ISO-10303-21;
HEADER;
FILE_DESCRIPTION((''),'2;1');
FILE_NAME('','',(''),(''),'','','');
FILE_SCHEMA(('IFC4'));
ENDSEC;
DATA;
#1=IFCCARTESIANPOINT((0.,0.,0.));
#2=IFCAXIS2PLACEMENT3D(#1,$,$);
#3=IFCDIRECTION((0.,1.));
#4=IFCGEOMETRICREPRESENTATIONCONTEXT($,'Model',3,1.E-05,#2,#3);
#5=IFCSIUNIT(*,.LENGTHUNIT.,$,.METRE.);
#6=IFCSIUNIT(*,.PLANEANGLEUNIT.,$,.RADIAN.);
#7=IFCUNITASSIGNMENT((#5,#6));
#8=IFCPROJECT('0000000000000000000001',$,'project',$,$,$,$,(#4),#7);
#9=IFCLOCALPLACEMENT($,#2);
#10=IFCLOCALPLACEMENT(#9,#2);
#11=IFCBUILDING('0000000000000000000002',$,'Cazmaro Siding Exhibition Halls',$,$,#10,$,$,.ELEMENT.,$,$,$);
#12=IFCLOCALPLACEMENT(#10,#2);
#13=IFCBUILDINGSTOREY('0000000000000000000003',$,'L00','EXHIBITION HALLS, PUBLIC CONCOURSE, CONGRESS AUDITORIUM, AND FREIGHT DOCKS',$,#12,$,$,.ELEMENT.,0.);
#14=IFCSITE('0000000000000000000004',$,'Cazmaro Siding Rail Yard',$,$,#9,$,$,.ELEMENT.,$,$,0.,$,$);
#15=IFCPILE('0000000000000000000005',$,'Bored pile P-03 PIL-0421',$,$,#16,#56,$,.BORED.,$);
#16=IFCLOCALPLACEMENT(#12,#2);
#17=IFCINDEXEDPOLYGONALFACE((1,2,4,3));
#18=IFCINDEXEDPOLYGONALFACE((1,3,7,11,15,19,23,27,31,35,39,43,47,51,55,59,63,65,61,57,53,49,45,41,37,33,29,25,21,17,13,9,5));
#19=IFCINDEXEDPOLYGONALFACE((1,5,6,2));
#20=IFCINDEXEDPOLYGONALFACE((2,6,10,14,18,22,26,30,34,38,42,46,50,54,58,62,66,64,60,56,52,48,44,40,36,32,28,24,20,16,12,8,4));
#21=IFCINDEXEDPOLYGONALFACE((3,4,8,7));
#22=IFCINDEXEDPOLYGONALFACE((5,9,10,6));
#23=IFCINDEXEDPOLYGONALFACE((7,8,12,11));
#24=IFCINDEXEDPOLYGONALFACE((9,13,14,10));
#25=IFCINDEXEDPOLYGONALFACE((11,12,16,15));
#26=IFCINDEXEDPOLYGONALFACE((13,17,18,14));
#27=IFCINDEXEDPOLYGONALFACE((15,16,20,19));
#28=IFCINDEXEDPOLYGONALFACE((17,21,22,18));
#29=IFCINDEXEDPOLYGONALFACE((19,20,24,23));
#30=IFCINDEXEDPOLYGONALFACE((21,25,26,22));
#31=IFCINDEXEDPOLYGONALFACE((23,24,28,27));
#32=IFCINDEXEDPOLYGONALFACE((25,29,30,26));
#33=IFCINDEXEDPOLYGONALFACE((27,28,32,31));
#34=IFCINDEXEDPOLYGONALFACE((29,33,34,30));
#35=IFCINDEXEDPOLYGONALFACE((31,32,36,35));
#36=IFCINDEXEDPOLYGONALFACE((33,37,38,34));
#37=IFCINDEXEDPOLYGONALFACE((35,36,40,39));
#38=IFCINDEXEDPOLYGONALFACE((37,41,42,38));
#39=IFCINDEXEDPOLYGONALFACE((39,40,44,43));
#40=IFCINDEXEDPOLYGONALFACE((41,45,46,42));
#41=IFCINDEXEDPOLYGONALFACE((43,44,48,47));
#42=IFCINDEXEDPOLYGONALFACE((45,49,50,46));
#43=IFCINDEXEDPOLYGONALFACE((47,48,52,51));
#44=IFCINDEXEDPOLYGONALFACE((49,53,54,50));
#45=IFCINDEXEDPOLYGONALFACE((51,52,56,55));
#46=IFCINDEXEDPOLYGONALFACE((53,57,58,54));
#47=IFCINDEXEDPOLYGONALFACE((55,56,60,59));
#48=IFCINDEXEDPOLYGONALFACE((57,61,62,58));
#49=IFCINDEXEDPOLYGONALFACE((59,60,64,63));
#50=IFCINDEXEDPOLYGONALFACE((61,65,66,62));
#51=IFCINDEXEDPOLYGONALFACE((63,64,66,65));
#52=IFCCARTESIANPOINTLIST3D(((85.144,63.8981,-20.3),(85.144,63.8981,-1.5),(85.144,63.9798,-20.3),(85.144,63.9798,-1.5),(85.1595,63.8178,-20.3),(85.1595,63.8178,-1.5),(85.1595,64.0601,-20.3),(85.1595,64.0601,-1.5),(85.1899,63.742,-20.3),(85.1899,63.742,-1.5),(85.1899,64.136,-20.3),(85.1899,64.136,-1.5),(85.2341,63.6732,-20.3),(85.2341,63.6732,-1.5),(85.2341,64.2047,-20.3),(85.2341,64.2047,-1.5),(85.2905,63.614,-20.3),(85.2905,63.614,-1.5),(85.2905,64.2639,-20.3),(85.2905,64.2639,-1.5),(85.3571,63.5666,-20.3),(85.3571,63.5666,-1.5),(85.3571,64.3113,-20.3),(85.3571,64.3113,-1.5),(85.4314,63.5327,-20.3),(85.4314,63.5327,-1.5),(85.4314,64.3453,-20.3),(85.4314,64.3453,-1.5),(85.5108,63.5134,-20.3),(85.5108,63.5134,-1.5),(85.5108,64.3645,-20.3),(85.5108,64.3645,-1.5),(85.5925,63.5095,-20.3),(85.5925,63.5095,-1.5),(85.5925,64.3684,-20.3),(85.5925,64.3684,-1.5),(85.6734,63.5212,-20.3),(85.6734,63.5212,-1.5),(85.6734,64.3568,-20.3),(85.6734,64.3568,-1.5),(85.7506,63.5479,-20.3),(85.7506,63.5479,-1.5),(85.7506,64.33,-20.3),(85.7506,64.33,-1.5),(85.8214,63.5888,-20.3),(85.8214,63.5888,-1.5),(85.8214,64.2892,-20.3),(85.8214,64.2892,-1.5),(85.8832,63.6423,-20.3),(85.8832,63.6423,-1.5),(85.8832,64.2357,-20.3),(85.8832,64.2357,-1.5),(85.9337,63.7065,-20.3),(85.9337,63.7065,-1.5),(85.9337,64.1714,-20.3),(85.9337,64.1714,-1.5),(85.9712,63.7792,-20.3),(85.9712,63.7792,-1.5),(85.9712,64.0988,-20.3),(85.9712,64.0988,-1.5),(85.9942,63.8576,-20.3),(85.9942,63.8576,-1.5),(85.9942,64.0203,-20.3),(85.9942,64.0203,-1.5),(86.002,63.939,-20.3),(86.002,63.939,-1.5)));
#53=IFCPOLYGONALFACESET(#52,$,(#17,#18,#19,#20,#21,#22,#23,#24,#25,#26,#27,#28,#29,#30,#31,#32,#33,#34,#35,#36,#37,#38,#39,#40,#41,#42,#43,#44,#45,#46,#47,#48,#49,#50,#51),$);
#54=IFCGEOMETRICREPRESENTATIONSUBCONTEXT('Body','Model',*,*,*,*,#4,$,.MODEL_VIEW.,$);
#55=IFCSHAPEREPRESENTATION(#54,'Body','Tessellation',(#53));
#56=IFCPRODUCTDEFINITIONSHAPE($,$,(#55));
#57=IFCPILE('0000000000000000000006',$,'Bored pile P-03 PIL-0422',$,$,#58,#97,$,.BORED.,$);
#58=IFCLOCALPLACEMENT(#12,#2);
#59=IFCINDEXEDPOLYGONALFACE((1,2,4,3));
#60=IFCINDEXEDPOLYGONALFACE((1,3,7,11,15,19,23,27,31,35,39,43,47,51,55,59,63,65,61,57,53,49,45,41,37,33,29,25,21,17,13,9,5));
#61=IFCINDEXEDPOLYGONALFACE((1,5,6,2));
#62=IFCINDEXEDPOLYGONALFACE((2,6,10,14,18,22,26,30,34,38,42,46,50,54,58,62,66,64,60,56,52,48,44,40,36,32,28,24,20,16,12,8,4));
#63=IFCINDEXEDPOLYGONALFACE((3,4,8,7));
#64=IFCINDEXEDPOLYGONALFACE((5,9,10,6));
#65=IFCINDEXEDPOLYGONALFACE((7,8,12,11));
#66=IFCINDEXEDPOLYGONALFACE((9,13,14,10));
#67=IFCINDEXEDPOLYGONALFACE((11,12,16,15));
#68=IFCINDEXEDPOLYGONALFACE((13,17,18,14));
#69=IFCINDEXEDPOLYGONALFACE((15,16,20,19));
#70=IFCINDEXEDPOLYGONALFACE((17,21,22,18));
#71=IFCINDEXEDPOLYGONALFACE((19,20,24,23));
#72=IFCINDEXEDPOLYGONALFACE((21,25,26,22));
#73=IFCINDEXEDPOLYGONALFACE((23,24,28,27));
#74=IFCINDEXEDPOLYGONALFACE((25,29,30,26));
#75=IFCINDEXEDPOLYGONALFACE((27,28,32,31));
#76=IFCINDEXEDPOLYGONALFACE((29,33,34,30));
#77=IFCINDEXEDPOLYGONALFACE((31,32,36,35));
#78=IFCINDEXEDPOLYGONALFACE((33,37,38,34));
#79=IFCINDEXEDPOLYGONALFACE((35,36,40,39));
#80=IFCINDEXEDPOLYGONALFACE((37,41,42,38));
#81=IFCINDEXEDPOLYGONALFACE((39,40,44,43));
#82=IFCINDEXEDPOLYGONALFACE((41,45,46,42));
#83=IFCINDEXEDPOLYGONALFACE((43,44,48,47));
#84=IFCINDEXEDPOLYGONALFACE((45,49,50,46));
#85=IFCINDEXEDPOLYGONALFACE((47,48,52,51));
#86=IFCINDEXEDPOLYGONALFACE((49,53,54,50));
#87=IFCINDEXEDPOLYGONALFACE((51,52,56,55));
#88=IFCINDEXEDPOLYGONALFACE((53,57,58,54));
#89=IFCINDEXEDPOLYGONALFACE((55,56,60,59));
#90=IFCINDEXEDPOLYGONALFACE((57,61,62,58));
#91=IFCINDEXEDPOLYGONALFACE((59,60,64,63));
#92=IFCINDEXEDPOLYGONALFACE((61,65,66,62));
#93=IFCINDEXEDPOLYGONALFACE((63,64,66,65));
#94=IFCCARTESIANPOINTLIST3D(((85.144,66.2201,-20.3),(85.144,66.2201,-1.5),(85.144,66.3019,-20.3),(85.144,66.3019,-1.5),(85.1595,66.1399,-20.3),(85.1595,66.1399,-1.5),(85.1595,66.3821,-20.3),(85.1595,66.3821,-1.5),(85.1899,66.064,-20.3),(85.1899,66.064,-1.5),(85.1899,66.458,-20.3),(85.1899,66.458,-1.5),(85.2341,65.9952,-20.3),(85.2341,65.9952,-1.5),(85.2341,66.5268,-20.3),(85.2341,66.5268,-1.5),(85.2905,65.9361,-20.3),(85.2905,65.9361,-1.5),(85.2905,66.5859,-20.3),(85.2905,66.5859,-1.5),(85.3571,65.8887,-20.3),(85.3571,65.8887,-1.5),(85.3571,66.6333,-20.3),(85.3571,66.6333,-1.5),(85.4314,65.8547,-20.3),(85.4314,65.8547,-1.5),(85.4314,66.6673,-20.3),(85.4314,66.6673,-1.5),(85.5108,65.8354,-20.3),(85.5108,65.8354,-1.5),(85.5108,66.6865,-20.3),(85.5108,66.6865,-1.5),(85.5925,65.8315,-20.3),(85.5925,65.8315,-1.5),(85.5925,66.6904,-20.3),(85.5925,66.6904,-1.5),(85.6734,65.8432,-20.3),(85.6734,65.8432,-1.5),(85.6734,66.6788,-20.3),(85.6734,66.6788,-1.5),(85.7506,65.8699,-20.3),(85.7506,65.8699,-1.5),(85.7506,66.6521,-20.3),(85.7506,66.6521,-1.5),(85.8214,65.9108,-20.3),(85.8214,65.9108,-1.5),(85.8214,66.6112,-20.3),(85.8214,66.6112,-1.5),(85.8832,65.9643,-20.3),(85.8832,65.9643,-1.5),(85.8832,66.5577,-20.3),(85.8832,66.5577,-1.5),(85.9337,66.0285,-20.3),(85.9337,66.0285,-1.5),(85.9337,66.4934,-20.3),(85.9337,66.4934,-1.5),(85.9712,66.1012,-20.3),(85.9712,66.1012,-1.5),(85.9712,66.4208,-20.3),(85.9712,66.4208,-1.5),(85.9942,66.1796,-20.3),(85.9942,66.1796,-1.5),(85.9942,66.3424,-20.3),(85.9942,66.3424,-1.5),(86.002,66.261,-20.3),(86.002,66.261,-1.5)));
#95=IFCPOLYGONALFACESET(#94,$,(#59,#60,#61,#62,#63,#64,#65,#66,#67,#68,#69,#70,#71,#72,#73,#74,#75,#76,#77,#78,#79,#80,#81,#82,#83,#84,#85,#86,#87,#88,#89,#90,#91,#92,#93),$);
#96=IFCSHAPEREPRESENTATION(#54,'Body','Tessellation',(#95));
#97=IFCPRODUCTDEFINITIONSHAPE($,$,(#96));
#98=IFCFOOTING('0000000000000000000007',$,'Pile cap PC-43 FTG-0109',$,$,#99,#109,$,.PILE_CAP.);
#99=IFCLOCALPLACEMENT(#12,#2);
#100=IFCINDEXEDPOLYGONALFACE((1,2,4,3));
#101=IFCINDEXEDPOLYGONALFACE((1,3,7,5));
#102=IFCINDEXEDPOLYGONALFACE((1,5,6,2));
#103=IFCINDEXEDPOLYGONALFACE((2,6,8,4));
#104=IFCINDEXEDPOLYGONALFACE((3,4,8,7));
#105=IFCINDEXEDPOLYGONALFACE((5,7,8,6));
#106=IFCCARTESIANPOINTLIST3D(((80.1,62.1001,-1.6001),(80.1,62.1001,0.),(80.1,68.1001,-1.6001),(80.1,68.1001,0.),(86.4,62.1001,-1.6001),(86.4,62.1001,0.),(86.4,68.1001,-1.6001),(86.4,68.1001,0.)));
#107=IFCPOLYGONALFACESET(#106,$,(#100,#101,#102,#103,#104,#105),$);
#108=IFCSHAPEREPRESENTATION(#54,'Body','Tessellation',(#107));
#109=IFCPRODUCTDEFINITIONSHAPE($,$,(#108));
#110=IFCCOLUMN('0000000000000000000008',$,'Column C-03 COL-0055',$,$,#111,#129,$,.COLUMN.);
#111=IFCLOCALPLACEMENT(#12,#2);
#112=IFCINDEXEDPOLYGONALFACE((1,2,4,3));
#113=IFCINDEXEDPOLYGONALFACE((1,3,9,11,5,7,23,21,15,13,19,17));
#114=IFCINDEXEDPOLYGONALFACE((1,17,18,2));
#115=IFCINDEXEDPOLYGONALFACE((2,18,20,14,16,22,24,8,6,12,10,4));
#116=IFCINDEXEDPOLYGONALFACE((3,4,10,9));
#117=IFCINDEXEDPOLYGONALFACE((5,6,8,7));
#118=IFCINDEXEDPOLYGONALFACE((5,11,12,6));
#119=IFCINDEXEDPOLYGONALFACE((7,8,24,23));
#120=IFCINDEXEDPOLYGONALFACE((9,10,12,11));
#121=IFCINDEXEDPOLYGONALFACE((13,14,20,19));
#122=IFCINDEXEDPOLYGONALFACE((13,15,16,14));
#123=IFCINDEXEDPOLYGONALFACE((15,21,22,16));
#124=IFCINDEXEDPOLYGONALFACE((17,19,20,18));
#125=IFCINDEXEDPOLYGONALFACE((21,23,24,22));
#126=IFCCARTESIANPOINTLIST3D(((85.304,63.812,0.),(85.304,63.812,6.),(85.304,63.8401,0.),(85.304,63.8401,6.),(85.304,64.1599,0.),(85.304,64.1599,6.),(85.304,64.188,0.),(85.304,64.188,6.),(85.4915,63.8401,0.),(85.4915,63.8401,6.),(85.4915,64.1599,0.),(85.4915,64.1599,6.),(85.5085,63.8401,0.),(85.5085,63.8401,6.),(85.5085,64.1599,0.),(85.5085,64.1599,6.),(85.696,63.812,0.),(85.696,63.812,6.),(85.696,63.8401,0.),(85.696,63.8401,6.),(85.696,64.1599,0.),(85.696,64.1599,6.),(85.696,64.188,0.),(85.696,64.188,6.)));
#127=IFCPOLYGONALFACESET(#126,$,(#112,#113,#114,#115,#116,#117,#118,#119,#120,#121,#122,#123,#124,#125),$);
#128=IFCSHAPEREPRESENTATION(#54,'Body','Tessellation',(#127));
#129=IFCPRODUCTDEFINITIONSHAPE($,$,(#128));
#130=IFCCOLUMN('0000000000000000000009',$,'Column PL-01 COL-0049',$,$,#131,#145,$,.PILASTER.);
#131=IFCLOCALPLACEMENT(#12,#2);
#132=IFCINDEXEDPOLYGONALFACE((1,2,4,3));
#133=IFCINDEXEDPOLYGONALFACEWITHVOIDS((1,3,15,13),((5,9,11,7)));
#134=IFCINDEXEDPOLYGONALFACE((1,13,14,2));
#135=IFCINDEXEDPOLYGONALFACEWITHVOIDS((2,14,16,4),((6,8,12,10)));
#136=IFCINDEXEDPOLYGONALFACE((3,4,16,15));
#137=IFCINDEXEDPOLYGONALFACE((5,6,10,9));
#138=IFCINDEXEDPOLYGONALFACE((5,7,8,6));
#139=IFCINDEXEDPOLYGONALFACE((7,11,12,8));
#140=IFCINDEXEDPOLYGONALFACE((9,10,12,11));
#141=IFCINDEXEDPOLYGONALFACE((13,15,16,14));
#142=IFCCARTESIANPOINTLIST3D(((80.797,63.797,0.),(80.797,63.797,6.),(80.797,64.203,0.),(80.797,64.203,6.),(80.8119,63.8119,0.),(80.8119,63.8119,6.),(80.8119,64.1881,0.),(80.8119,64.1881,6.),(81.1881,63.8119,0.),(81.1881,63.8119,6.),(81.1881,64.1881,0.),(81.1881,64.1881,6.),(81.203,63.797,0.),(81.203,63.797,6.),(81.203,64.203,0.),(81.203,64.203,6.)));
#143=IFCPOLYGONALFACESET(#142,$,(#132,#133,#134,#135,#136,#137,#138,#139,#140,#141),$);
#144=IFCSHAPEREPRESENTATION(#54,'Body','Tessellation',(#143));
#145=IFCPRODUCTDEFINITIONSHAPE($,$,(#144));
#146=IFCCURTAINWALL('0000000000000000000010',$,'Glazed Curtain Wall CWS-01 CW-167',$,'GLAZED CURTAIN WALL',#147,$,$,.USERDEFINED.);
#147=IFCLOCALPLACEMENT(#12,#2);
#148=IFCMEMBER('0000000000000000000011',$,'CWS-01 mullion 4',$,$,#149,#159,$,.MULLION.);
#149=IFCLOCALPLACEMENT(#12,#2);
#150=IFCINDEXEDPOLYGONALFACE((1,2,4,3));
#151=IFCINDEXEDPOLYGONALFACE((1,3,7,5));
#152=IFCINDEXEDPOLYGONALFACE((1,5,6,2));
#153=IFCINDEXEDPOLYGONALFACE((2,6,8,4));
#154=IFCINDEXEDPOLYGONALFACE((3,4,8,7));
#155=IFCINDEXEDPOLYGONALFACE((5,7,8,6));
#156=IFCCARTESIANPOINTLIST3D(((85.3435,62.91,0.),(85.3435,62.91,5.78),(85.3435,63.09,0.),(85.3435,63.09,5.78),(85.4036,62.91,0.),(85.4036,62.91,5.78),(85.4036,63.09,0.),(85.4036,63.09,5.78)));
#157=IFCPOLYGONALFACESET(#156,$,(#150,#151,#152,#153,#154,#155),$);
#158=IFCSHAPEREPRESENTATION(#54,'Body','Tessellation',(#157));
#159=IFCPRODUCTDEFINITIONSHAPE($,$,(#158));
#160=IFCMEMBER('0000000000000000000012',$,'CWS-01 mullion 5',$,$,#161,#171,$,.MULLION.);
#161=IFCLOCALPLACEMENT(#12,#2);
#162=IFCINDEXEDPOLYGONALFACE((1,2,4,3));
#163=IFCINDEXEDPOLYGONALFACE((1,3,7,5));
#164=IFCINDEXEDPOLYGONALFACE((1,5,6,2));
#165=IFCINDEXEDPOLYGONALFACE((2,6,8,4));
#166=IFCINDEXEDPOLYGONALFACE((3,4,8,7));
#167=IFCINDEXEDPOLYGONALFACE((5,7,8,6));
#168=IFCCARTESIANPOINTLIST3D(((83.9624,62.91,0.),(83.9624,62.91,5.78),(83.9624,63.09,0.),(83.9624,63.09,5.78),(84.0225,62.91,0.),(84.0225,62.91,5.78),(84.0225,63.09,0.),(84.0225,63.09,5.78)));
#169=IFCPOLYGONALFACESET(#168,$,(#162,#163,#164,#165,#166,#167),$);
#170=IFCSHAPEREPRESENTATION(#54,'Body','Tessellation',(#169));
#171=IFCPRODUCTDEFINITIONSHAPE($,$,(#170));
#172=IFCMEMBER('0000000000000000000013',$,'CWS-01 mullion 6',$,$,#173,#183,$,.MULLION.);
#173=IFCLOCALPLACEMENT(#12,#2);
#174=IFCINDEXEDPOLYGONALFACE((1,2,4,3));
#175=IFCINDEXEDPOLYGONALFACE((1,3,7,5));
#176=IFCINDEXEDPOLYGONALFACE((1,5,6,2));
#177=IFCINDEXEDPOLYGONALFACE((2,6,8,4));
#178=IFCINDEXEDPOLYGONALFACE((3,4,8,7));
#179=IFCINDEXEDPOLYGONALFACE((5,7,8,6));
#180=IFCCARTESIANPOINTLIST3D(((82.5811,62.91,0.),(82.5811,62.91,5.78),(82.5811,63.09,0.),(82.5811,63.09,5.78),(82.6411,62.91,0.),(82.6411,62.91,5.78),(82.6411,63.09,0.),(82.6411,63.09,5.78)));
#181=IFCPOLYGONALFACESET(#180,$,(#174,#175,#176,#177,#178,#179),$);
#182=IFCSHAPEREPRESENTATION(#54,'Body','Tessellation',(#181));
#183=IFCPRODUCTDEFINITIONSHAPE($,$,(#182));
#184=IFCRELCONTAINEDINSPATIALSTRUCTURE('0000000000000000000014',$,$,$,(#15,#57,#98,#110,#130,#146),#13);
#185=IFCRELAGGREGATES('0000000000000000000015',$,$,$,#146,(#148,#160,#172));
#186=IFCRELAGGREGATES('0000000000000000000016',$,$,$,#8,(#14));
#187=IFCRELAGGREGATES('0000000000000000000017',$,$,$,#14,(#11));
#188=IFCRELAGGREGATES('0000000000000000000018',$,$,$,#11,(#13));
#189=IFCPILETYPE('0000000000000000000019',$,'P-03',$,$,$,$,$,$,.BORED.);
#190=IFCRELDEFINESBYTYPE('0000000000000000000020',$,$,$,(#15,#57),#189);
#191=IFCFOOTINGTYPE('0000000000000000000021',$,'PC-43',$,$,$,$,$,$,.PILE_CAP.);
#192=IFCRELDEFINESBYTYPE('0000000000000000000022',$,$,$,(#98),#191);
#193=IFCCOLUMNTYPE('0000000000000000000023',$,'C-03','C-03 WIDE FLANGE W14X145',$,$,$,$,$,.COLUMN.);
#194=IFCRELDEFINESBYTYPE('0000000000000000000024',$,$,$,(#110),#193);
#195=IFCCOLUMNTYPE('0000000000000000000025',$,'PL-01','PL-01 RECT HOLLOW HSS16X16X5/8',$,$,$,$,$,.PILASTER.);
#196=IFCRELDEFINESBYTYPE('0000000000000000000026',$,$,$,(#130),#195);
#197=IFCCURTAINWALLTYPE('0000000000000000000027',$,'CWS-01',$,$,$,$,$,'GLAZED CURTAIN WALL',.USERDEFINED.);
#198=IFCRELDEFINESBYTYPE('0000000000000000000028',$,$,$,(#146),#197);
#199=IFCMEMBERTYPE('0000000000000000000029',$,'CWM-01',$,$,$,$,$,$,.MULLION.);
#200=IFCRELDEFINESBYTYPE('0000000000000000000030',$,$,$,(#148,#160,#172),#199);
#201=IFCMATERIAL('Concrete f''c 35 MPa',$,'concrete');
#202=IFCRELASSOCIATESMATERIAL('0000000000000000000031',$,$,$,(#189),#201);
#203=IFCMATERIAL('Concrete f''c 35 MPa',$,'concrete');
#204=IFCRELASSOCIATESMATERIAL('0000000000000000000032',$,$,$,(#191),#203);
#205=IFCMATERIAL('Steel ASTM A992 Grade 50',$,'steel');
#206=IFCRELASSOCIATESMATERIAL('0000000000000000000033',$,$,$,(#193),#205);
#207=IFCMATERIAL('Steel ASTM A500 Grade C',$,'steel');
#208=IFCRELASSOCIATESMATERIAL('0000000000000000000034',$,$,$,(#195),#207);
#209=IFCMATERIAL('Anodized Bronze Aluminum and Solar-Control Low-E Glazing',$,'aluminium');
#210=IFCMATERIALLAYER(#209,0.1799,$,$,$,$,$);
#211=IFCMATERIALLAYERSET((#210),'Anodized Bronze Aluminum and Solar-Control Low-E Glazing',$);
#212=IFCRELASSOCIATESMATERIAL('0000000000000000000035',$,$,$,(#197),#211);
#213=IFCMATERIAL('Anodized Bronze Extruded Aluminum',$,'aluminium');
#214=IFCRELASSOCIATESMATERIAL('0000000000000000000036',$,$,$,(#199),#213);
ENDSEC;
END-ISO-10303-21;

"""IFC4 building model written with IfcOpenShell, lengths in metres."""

from ifc_helpers import new_model, si_unit, direction, frame, origin, origin_2d, place, context, subcontext, project, spatial, rectangle, hollow_rectangle, circle, i_section, extrude, material, layer, layer_set, material_profile, profile_set, type_object, element, aggregate, save


model = new_model("IFC4")

# Units and contexts
model_context = context("Model", 3, precision=1e-05, world=origin(), true_north=direction((0.0, 1.0)))
body_context = subcontext(model_context, "Body", "Model", "MODEL_VIEW")
ifc_project = project(units=[si_unit("LENGTHUNIT", "METRE"), si_unit("PLANEANGLEUNIT", "RADIAN")], contexts=[model_context])

# Site, building, storey
site_placement = place(None, origin())
site = spatial("IfcSite", under=ifc_project, at=site_placement, Name="Cazmaro Siding Rail Yard", CompositionType="ELEMENT", RefElevation=0.0)
building_placement = place(site_placement, origin())
building = spatial("IfcBuilding", under=site, at=building_placement, Name="Cazmaro Siding Exhibition Halls", CompositionType="ELEMENT")
storey_placement = place(building_placement, origin())
storey = spatial("IfcBuildingStorey", under=building, at=storey_placement, Name="L00", Description="EXHIBITION HALLS, PUBLIC CONCOURSE, CONGRESS AUDITORIUM, AND FREIGHT DOCKS", CompositionType="ELEMENT", Elevation=0.0)

# Piles
ifc_material_1 = material(Name="Concrete f'c 35 MPa", Category="concrete")
ifc_material_profile_1 = material_profile(ifc_material_1, circle(Radius=0.4299, at=origin_2d()), Name="CIDH-860")
ifc_profile_set_1 = profile_set([ifc_material_profile_1], Name="Concrete f'c 35 MPa")
pile_type = type_object("IfcPileType", Name="P-03", PredefinedType="BORED", material=ifc_profile_set_1)
for number, where, z_axis, x_axis, name in (
    (1, (85.572, 63.939, -1.5), (0.0, 0.0, -1.0), (1.0, 0.0, 0.0), "Bored pile P-03 PIL-0421"),
    (2, (85.572, 66.261, -1.5), (0.0, 0.0, -1.0), (1.0, 0.0, 0.0), "Bored pile P-03 PIL-0422"),
):
    element("IfcPile", number, at=place(storey_placement, frame(where, z_axis=z_axis, x_axis=x_axis)), inside=storey, type_object=pile_type, Name=name, PredefinedType="BORED", context=body_context, shape_type="SweptSolid", body=[
        extrude(circle(Radius=0.4299, at=origin_2d()), origin(), (0.0, 0.0, 1.0), 18.8),
    ])

# Footing
ifc_material_2 = material(Name="Concrete f'c 35 MPa", Category="concrete")
footing_type = type_object("IfcFootingType", Name="PC-43", PredefinedType="PILE_CAP", material=ifc_material_2)
footing_placement = place(storey_placement, frame((83.25, 65.1001, -1.6001), z_axis=(0.0, 0.0, 1.0), x_axis=(1.0, 0.0, 0.0)))
element("IfcFooting", 3, at=footing_placement, inside=storey, type_object=footing_type, Name="Pile cap PC-43 FTG-0109", PredefinedType="PILE_CAP", context=body_context, shape_type="SweptSolid", body=[
    extrude(rectangle(XDim=6.3, YDim=6.0, at=origin_2d()), origin(), (0.0, 0.0, 1.0), 1.6001),
])

# Columns
ifc_material_3 = material(Name="Steel ASTM A992 Grade 50", Category="steel")
ifc_material_profile_2 = material_profile(ifc_material_3, i_section(OverallWidth=0.3921, OverallDepth=0.376, WebThickness=0.0171, FlangeThickness=0.0281, at=origin_2d()), Name="W14X145")
ifc_profile_set_2 = profile_set([ifc_material_profile_2], Name="Steel ASTM A992 Grade 50")
column_type_1 = type_object("IfcColumnType", Name="C-03", Description="C-03 WIDE FLANGE W14X145", PredefinedType="COLUMN", material=ifc_profile_set_2)
column_1_placement = place(storey_placement, frame((85.5, 64.0, 0.0), z_axis=(0.0, 0.0, 1.0), x_axis=(1.0, 0.0, 0.0)))
element("IfcColumn", 4, at=column_1_placement, inside=storey, type_object=column_type_1, Name="Column C-03 COL-0055", PredefinedType="COLUMN", context=body_context, shape_type="SweptSolid", body=[
    extrude(i_section(OverallWidth=0.3921, OverallDepth=0.376, WebThickness=0.0171, FlangeThickness=0.0281, at=origin_2d()), origin(), (0.0, 0.0, 1.0), 6.0),
])
ifc_material_4 = material(Name="Steel ASTM A500 Grade C", Category="steel")
ifc_material_profile_3 = material_profile(ifc_material_4, hollow_rectangle(XDim=0.406, YDim=0.406, WallThickness=0.0149, at=origin_2d()), Name="HSS16X16X5/8")
ifc_profile_set_3 = profile_set([ifc_material_profile_3], Name="Steel ASTM A500 Grade C")
column_type_2 = type_object("IfcColumnType", Name="PL-01", Description="PL-01 RECT HOLLOW HSS16X16X5/8", PredefinedType="PILASTER", material=ifc_profile_set_3)
column_2_placement = place(storey_placement, frame((81.0, 64.0, 0.0), z_axis=(0.0, 0.0, 1.0), x_axis=(1.0, 0.0, 0.0)))
element("IfcColumn", 5, at=column_2_placement, inside=storey, type_object=column_type_2, Name="Column PL-01 COL-0049", PredefinedType="PILASTER", context=body_context, shape_type="SweptSolid", body=[
    extrude(hollow_rectangle(XDim=0.406, YDim=0.406, WallThickness=0.0149, at=origin_2d()), origin(), (0.0, 0.0, 1.0), 6.0),
])

# Curtain wall, members
ifc_material_5 = material(Name="Anodized Bronze Aluminum and Solar-Control Low-E Glazing", Category="aluminium")
ifc_layer_1 = layer(ifc_material_5, 0.1799)
ifc_layer_set_1 = layer_set([ifc_layer_1], Name="Anodized Bronze Aluminum and Solar-Control Low-E Glazing")
curtain_wall_type = type_object("IfcCurtainWallType", Name="CWS-01", ElementType="GLAZED CURTAIN WALL", PredefinedType="USERDEFINED", material=ifc_layer_set_1)
curtain_wall_placement = place(storey_placement, origin())
curtain_wall = element("IfcCurtainWall", 6, at=curtain_wall_placement, inside=storey, type_object=curtain_wall_type, Name="Glazed Curtain Wall CWS-01 CW-167", ObjectType="GLAZED CURTAIN WALL", PredefinedType="USERDEFINED")
ifc_material_6 = material(Name="Anodized Bronze Extruded Aluminum", Category="aluminium")
ifc_material_profile_4 = material_profile(ifc_material_6, rectangle(XDim=0.1799, YDim=0.0601, at=origin_2d()), Name="CWM-01")
ifc_profile_set_4 = profile_set([ifc_material_profile_4], Name="Anodized Bronze Extruded Aluminum")
member_type_1 = type_object("IfcMemberType", Name="CWM-01", PredefinedType="MULLION", material=ifc_profile_set_4)
member_1_placement = place(storey_placement, frame((85.3735, 63.0, 0.0), z_axis=(0.0, 0.0, 1.0), x_axis=(0.0, -1.0, 0.0)))
member_1 = element("IfcMember", 7, at=member_1_placement, type_object=member_type_1, Name="CWS-01 mullion 4", PredefinedType="MULLION", context=body_context, shape_type="SweptSolid", body=[
    extrude(rectangle(XDim=0.1799, YDim=0.0601, at=origin_2d()), origin(), (0.0, 0.0, 1.0), 5.78),
])
member_2_placement = place(storey_placement, frame((83.9924, 63.0, 0.0), z_axis=(0.0, 0.0, 1.0), x_axis=(0.0, -1.0, 0.0)))
member_2 = element("IfcMember", 8, at=member_2_placement, type_object=member_type_1, Name="CWS-01 mullion 5", PredefinedType="MULLION", context=body_context, shape_type="SweptSolid", body=[
    extrude(rectangle(XDim=0.1799, YDim=0.0601, at=origin_2d()), origin(), (0.0, 0.0, 1.0), 5.78),
])
member_3_placement = place(storey_placement, frame((82.6111, 63.0, 0.0), z_axis=(0.0, 0.0, 1.0), x_axis=(0.0, -1.0, 0.0)))
member_3 = element("IfcMember", 9, at=member_3_placement, type_object=member_type_1, Name="CWS-01 mullion 6", PredefinedType="MULLION", context=body_context, shape_type="SweptSolid", body=[
    extrude(rectangle(XDim=0.1799, YDim=0.0601, at=origin_2d()), origin(), (0.0, 0.0, 1.0), 5.78),
])
aggregate(curtain_wall, [member_1, member_2, member_3])

save(model, "model.ifc")
